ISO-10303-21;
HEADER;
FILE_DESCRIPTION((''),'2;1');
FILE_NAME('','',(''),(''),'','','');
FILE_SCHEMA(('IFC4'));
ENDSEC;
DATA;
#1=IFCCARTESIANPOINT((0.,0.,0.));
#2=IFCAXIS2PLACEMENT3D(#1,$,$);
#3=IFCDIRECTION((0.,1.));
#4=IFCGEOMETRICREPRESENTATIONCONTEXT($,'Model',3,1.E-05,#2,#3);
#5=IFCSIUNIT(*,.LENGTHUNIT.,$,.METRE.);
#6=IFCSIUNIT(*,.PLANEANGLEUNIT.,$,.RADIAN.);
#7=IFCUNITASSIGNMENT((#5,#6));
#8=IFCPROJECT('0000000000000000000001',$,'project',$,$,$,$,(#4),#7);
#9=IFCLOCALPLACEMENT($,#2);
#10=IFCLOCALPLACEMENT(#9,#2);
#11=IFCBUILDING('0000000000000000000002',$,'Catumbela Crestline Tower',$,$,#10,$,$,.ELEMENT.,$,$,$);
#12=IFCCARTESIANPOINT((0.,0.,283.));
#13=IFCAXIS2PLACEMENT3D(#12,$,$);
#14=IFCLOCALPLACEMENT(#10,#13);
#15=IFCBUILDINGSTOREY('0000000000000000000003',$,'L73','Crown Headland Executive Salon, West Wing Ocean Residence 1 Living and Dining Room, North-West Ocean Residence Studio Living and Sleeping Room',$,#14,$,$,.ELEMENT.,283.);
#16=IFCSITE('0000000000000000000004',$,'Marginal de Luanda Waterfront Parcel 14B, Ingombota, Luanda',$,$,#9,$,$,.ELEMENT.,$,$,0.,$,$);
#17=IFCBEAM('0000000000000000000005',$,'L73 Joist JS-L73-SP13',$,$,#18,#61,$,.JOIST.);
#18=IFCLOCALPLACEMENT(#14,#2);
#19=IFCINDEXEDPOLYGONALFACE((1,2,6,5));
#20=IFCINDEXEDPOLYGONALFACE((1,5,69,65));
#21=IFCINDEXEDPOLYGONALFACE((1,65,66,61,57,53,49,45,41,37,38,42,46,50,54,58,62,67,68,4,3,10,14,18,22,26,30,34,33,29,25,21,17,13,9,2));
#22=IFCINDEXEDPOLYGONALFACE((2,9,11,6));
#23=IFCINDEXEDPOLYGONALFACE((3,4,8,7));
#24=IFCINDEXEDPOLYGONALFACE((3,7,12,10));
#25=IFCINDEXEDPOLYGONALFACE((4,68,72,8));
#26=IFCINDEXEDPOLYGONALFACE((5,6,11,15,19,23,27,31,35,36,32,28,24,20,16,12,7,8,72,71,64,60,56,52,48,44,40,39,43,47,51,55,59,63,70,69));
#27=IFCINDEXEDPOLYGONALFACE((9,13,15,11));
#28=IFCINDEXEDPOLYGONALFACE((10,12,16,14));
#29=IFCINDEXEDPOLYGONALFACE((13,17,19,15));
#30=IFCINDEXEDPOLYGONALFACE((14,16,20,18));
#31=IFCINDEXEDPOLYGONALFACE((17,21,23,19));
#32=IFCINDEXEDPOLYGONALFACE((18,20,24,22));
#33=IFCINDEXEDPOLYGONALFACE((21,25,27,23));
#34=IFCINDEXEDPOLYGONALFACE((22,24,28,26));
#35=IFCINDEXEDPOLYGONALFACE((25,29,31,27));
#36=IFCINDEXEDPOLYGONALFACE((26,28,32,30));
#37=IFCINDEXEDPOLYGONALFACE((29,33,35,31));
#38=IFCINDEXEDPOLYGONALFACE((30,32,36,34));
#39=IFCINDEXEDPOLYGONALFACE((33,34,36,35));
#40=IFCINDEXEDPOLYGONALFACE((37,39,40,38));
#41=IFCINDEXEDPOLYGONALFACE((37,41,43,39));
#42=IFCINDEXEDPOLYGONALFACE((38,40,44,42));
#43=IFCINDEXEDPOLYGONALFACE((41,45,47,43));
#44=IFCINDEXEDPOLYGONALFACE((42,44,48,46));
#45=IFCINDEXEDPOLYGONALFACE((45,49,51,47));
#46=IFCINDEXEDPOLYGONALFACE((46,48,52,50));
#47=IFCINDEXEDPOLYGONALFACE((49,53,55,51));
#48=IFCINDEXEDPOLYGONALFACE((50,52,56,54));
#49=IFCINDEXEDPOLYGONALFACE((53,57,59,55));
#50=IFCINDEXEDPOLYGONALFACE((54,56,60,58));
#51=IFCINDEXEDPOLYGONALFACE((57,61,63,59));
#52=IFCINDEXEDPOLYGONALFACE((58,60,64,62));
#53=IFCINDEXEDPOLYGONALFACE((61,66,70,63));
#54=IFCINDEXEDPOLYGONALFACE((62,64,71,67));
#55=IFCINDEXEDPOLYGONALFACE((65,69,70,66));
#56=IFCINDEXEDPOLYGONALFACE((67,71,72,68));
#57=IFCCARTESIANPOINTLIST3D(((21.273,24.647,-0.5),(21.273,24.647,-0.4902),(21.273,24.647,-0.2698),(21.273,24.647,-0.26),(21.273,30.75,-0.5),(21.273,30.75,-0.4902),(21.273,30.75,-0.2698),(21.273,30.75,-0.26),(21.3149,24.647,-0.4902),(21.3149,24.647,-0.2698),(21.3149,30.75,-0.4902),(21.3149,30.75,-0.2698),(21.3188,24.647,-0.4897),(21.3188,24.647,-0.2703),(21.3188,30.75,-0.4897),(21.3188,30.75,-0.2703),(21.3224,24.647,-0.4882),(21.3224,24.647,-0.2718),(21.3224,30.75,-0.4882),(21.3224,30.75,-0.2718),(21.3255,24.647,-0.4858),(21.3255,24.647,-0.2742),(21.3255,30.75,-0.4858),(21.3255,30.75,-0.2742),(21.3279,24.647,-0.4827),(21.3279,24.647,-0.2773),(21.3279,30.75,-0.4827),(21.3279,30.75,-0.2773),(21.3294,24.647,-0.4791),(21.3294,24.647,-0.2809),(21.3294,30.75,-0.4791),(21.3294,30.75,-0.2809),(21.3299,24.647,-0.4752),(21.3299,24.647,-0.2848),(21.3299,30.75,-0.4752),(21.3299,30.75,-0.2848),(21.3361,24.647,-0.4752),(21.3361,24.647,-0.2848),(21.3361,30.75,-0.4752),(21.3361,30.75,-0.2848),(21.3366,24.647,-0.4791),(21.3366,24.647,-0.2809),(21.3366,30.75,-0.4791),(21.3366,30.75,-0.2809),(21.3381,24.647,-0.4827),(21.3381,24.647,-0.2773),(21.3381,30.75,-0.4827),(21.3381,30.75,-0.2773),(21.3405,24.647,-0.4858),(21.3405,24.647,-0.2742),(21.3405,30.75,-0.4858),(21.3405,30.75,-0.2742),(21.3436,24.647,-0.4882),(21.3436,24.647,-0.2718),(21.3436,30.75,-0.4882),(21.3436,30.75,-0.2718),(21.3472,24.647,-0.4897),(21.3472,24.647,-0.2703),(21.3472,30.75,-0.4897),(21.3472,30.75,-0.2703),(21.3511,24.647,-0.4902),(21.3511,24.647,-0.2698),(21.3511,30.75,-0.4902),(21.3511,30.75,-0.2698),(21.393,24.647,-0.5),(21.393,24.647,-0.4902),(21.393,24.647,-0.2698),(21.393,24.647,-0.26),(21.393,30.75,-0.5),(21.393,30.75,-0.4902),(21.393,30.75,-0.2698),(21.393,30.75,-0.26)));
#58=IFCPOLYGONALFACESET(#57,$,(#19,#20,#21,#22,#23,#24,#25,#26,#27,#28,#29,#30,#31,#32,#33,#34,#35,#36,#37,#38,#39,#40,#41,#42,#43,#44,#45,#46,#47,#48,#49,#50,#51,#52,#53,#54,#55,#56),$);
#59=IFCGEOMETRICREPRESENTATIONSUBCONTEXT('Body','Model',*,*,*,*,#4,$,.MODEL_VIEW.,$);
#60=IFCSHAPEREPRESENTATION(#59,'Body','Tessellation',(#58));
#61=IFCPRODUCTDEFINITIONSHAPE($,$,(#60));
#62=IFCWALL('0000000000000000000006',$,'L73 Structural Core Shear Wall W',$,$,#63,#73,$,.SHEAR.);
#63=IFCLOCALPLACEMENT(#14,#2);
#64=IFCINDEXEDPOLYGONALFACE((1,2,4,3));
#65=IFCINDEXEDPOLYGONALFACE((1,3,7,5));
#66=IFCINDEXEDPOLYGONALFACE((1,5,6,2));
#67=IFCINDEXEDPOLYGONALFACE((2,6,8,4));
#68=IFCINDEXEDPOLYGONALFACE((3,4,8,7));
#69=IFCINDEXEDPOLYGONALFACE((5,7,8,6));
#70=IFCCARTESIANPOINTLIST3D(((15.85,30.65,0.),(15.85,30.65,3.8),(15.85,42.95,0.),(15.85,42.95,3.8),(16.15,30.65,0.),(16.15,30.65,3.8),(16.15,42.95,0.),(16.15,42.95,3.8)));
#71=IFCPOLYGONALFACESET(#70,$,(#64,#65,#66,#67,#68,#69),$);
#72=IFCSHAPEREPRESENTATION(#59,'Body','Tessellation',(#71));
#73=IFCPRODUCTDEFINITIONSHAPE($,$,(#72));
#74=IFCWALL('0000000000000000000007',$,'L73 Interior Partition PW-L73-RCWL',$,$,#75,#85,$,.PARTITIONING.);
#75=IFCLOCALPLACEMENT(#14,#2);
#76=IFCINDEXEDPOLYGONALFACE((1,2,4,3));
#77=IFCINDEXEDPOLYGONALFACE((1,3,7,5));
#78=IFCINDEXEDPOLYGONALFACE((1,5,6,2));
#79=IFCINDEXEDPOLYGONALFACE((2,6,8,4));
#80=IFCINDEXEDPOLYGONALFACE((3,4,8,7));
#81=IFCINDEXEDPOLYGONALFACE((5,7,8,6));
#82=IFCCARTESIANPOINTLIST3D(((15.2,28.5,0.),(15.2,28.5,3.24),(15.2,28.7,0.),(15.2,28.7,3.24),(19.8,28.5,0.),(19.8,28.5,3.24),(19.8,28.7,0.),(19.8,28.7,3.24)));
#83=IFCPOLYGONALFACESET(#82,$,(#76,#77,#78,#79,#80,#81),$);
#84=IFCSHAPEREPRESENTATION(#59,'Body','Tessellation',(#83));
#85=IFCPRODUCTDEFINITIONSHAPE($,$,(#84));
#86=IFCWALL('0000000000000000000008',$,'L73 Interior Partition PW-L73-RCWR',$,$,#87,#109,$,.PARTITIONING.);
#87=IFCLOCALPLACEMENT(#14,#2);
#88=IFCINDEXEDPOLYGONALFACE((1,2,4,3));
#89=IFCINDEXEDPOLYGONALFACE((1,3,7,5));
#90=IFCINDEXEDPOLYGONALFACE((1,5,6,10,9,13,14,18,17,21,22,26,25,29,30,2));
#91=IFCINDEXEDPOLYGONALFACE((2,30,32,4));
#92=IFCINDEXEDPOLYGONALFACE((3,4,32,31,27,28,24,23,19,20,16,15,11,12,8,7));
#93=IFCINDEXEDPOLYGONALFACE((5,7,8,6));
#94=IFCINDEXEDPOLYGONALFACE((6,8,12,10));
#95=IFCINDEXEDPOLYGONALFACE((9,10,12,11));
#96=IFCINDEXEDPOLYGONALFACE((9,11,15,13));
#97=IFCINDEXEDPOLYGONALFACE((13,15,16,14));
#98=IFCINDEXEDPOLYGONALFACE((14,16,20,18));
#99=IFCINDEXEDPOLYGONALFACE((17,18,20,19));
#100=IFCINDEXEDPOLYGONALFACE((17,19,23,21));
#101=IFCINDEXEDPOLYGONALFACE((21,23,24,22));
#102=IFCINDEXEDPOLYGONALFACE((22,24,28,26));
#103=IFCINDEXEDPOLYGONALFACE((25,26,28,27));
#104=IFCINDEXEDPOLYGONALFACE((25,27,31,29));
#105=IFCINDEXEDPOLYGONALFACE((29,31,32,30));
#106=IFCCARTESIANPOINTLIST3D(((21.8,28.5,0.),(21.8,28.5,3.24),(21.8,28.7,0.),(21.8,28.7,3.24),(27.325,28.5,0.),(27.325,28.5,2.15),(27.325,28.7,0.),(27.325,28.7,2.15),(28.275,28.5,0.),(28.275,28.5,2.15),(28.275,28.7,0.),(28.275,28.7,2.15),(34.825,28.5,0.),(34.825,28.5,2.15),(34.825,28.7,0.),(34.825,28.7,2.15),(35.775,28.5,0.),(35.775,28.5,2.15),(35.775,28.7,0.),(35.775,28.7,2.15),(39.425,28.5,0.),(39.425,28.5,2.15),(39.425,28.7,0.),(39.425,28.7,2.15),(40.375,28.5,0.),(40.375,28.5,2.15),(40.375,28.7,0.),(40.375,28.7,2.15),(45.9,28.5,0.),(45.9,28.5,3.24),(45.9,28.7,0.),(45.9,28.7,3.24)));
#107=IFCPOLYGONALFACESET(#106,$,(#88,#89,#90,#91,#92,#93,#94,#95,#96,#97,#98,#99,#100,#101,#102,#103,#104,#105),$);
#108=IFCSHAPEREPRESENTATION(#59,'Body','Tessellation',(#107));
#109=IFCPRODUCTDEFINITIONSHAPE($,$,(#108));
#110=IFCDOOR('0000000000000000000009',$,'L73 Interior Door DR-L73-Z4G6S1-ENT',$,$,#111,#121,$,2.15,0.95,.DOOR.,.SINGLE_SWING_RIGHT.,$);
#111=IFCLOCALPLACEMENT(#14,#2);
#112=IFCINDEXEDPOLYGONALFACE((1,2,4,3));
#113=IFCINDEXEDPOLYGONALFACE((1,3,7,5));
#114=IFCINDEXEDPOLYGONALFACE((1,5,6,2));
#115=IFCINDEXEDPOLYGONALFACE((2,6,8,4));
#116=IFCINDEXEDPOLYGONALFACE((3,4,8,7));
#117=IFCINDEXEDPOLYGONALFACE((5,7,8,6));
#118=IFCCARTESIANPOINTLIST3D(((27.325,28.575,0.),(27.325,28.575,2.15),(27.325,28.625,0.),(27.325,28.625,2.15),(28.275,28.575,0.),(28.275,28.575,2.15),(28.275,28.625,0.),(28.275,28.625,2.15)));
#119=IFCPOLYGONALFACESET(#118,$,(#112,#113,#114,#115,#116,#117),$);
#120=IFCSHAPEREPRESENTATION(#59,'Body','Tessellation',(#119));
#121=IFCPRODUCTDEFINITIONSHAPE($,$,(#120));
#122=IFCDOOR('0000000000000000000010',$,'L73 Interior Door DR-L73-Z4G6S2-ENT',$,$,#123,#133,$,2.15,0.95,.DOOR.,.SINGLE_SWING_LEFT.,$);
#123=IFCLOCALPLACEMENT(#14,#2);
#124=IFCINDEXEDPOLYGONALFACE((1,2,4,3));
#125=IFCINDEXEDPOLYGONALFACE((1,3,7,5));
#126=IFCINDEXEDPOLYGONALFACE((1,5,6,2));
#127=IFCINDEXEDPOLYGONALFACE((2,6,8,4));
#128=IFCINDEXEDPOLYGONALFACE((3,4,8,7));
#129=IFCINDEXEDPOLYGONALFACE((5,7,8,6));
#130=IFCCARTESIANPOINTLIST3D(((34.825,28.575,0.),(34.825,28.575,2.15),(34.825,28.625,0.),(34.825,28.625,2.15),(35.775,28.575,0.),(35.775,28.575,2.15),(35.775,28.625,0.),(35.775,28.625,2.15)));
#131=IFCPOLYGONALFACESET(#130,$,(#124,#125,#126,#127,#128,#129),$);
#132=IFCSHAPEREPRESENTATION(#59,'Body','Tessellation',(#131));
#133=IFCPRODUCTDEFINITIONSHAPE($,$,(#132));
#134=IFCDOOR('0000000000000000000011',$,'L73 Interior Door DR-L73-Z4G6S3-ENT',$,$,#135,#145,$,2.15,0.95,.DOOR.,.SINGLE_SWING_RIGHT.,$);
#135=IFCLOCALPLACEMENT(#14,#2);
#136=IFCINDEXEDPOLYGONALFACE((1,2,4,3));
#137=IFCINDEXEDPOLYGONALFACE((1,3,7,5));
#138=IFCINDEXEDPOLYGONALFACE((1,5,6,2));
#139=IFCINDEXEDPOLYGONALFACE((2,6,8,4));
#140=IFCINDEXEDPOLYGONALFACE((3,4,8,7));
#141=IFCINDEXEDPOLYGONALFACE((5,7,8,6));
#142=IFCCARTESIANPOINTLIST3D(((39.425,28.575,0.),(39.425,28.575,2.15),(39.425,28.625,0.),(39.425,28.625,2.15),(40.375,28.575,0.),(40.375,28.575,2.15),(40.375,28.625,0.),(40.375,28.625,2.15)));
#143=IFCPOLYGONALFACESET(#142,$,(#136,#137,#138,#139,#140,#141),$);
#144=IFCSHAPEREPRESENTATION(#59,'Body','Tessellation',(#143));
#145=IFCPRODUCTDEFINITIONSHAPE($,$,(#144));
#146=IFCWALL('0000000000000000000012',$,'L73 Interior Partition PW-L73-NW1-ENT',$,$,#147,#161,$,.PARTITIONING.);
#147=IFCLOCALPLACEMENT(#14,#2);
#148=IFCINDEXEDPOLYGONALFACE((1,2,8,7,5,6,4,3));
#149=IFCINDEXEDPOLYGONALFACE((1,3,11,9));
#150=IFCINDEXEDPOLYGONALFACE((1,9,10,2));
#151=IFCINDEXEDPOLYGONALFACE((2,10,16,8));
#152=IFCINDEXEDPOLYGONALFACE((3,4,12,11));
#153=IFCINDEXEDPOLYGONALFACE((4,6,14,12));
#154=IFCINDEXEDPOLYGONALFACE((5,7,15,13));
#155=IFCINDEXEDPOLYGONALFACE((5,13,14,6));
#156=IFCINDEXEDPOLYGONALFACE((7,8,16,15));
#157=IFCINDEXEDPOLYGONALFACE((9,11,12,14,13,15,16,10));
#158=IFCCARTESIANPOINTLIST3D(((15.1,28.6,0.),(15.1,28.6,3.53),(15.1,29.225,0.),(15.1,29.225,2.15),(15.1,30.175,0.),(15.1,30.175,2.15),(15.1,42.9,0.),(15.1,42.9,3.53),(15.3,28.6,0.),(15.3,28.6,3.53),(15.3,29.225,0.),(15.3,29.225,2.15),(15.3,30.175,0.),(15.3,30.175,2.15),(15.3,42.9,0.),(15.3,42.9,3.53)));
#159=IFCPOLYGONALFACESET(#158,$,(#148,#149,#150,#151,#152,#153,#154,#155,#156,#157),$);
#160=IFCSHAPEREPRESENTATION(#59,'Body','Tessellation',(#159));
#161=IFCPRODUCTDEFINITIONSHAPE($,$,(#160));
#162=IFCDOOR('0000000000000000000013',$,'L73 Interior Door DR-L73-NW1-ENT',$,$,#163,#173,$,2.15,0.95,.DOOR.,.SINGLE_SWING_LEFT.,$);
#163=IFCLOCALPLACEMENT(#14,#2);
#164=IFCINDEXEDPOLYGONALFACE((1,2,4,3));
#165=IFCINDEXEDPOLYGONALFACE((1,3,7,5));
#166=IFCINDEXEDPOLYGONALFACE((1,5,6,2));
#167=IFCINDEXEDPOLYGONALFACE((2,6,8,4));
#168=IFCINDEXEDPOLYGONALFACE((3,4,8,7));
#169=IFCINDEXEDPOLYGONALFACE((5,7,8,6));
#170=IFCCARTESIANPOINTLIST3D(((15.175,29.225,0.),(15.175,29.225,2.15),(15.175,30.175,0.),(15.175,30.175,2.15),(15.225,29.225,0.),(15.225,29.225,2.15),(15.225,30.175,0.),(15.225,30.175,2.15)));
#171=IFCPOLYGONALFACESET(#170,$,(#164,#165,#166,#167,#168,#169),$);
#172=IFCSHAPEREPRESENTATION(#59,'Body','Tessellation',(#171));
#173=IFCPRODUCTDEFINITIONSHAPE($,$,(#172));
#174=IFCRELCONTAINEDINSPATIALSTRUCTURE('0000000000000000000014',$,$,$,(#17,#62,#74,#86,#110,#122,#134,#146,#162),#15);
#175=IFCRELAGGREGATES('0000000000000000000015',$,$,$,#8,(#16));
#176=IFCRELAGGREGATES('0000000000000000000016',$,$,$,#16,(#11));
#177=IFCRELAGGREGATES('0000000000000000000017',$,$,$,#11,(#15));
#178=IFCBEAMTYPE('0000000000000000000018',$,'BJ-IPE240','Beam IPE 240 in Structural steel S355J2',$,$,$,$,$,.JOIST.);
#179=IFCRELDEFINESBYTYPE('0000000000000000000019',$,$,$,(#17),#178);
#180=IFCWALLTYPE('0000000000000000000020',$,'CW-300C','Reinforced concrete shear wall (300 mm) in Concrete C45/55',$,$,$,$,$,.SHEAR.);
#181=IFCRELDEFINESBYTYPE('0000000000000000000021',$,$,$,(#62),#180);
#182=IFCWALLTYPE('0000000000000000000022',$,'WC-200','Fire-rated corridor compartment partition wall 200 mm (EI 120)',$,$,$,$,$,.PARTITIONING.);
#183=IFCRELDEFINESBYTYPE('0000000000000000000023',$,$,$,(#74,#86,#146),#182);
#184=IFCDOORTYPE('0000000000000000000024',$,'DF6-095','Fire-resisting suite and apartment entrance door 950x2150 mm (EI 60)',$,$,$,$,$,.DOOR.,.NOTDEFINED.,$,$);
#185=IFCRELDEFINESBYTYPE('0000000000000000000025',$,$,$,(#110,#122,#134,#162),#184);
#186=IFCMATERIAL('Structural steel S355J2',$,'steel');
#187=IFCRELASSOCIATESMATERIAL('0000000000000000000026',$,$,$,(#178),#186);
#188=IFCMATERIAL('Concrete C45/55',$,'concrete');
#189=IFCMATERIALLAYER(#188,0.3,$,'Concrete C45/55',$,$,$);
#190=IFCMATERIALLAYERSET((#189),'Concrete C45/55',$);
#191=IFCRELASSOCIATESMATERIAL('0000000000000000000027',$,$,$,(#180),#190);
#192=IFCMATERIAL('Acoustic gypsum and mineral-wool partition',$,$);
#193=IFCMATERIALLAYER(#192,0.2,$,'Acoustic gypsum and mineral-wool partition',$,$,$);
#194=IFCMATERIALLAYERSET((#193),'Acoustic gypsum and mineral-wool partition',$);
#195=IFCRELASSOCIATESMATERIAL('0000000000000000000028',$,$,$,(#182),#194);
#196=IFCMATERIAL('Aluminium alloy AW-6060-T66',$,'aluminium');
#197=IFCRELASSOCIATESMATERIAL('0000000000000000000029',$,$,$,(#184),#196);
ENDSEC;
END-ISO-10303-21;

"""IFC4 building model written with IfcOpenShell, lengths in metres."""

from ifc_helpers import new_model, si_unit, direction, frame, frame_2d, origin, origin_2d, place, context, subcontext, project, spatial, rectangle, i_section, extrude, material, layer, layer_set, material_profile, profile_set, type_object, element, fill, save


model = new_model("IFC4")

# Units and contexts
model_context = context("Model", 3, precision=1e-05, world=origin(), true_north=direction((0.0, 1.0)))
body_context = subcontext(model_context, "Body", "Model", "MODEL_VIEW")
ifc_project = project(units=[si_unit("LENGTHUNIT", "METRE"), si_unit("PLANEANGLEUNIT", "RADIAN")], contexts=[model_context])

# Site, building, storey
site_placement = place(None, origin())
site = spatial("IfcSite", under=ifc_project, at=site_placement, Name="Marginal de Luanda Waterfront Parcel 14B, Ingombota, Luanda", CompositionType="ELEMENT", RefElevation=0.0)
building_placement = place(site_placement, origin())
building = spatial("IfcBuilding", under=site, at=building_placement, Name="Catumbela Crestline Tower", CompositionType="ELEMENT")
storey_placement = place(building_placement, frame((0.0, 0.0, 283.0)))
storey = spatial("IfcBuildingStorey", under=building, at=storey_placement, Name="L73", Description="Crown Headland Executive Salon, West Wing Ocean Residence 1 Living and Dining Room, North-West Ocean Residence Studio Living and Sleeping Room", CompositionType="ELEMENT", Elevation=283.0)

# Shared definitions
ifc_material_1 = material(Name="Concrete C45/55", Category="concrete")

# Beam
ifc_material_2 = material(Name="Structural steel S355J2", Category="steel")
ifc_material_profile_1 = material_profile(ifc_material_2, i_section(OverallWidth=0.12, OverallDepth=0.24, WebThickness=0.0062, FlangeThickness=0.0098, FilletRadius=0.015, at=origin_2d()), Name="IPE 240")
ifc_profile_set_1 = profile_set([ifc_material_profile_1], Name="Structural steel S355J2")
beam_type_1 = type_object("IfcBeamType", Name="BJ-IPE240", Description="Beam IPE 240 in Structural steel S355J2", PredefinedType="JOIST", material=ifc_profile_set_1)
for number, where, z_axis, x_axis, name in (
    (1, (21.333, 24.647, -0.38), (0.0, 1.0, 0.0), (-1.0, 0.0, 0.0), "L73 Joist JS-L73-SP13"),
):
    element("IfcBeam", number, at=place(storey_placement, frame(where, z_axis=z_axis, x_axis=x_axis)), inside=storey, type_object=beam_type_1, Name=name, PredefinedType="JOIST", context=body_context, shape_type="SweptSolid", body=[
        extrude(i_section(OverallWidth=0.12, OverallDepth=0.24, WebThickness=0.0062, FlangeThickness=0.0098, FilletRadius=0.015, at=origin_2d()), origin(), (0.0, 0.0, 1.0), 6.103),
    ])

# Walls
ifc_layer_1 = layer(ifc_material_1, 0.3, Name="Concrete C45/55")
ifc_layer_set_1 = layer_set([ifc_layer_1], Name="Concrete C45/55")
wall_type_1 = type_object("IfcWallType", Name="CW-300C", Description="Reinforced concrete shear wall (300 mm) in Concrete C45/55", PredefinedType="SHEAR", material=ifc_layer_set_1)
wall_1_placement = place(storey_placement, frame((16.0, 30.65, 0.0), z_axis=(0.0, 0.0, 1.0), x_axis=(0.0, 1.0, 0.0)))
element("IfcWall", 2, at=wall_1_placement, inside=storey, type_object=wall_type_1, Name="L73 Structural Core Shear Wall W", PredefinedType="SHEAR", context=body_context, shape_type="SweptSolid", body=[
    extrude(rectangle(XDim=12.3, YDim=0.3, at=frame_2d((6.15, 0.0))), origin(), (0.0, 0.0, 1.0), 3.8),
])
ifc_material_3 = material(Name="Acoustic gypsum and mineral-wool partition")
ifc_layer_2 = layer(ifc_material_3, 0.2, Name="Acoustic gypsum and mineral-wool partition")
ifc_layer_set_2 = layer_set([ifc_layer_2], Name="Acoustic gypsum and mineral-wool partition")
wall_type_2 = type_object("IfcWallType", Name="WC-200", Description="Fire-rated corridor compartment partition wall 200 mm (EI 120)", PredefinedType="PARTITIONING", material=ifc_layer_set_2)
wall_2_placement = place(storey_placement, frame((15.2, 28.6, 0.0), z_axis=(0.0, 0.0, 1.0), x_axis=(1.0, 0.0, 0.0)))
element("IfcWall", 3, at=wall_2_placement, inside=storey, type_object=wall_type_2, Name="L73 Interior Partition PW-L73-RCWL", PredefinedType="PARTITIONING", context=body_context, shape_type="SweptSolid", body=[
    extrude(rectangle(XDim=4.6, YDim=0.2, at=frame_2d((2.3, 0.0))), origin(), (0.0, 0.0, 1.0), 3.24),
])

# Wall, openings, doors
wall_3_placement = place(storey_placement, frame((21.8, 28.6, 0.0), z_axis=(0.0, 0.0, 1.0), x_axis=(1.0, 0.0, 0.0)))
wall_3 = element("IfcWall", 4, at=wall_3_placement, inside=storey, type_object=wall_type_2, Name="L73 Interior Partition PW-L73-RCWR", PredefinedType="PARTITIONING", context=body_context, shape_type="SweptSolid", body=[
    extrude(rectangle(XDim=24.1, YDim=0.2, at=frame_2d((12.05, 0.0))), origin(), (0.0, 0.0, 1.0), 3.24),
])
opening_1_placement = place(wall_3_placement, frame((5.525, 0.0, 0.0)))
opening_1 = element("IfcOpeningElement", 5, at=opening_1_placement, cuts=wall_3, PredefinedType="OPENING", context=body_context, shape_type="SweptSolid", body=[
    extrude(rectangle(XDim=0.95, YDim=2.15, at=frame_2d((0.475, 1.075))), frame((0.0, 0.11, 0.0), z_axis=(0.0, -1.0, 0.0), x_axis=(1.0, 0.0, 0.0)), (0.0, 0.0, 1.0), 0.22),
])
opening_2_placement = place(wall_3_placement, frame((13.025, 0.0, 0.0)))
opening_2 = element("IfcOpeningElement", 6, at=opening_2_placement, cuts=wall_3, PredefinedType="OPENING", context=body_context, shape_type="SweptSolid", body=[
    extrude(rectangle(XDim=0.95, YDim=2.15, at=frame_2d((0.475, 1.075))), frame((0.0, 0.11, 0.0), z_axis=(0.0, -1.0, 0.0), x_axis=(1.0, 0.0, 0.0)), (0.0, 0.0, 1.0), 0.22),
])
opening_3_placement = place(wall_3_placement, frame((17.625, 0.0, 0.0)))
opening_3 = element("IfcOpeningElement", 7, at=opening_3_placement, cuts=wall_3, PredefinedType="OPENING", context=body_context, shape_type="SweptSolid", body=[
    extrude(rectangle(XDim=0.95, YDim=2.15, at=frame_2d((0.475, 1.075))), frame((0.0, 0.11, 0.0), z_axis=(0.0, -1.0, 0.0), x_axis=(1.0, 0.0, 0.0)), (0.0, 0.0, 1.0), 0.22),
])
ifc_material_4 = material(Name="Aluminium alloy AW-6060-T66", Category="aluminium")
door_type_1 = type_object("IfcDoorType", Name="DF6-095", Description="Fire-resisting suite and apartment entrance door 950x2150 mm (EI 60)", OperationType="NOTDEFINED", PredefinedType="DOOR", material=ifc_material_4)
door_1_placement = place(opening_1_placement, origin())
door_1 = element("IfcDoor", 8, at=door_1_placement, inside=storey, type_object=door_type_1, Name="L73 Interior Door DR-L73-Z4G6S1-ENT", OperationType="SINGLE_SWING_RIGHT", OverallHeight=2.15, OverallWidth=0.95, PredefinedType="DOOR", context=body_context, shape_type="SweptSolid", body=[
    extrude(rectangle(XDim=0.95, YDim=2.15, at=frame_2d((0.475, 1.075))), frame((0.0, 0.025, 0.0), z_axis=(0.0, -1.0, 0.0), x_axis=(1.0, 0.0, 0.0)), (0.0, 0.0, 1.0), 0.05),
])
fill(opening_1, door_1)
door_2_placement = place(opening_2_placement, origin())
door_2 = element("IfcDoor", 9, at=door_2_placement, inside=storey, type_object=door_type_1, Name="L73 Interior Door DR-L73-Z4G6S2-ENT", OperationType="SINGLE_SWING_LEFT", OverallHeight=2.15, OverallWidth=0.95, PredefinedType="DOOR", context=body_context, shape_type="SweptSolid", body=[
    extrude(rectangle(XDim=0.95, YDim=2.15, at=frame_2d((0.475, 1.075))), frame((0.0, 0.025, 0.0), z_axis=(0.0, -1.0, 0.0), x_axis=(1.0, 0.0, 0.0)), (0.0, 0.0, 1.0), 0.05),
])
fill(opening_2, door_2)
door_3_placement = place(opening_3_placement, origin())
door_3 = element("IfcDoor", 10, at=door_3_placement, inside=storey, type_object=door_type_1, Name="L73 Interior Door DR-L73-Z4G6S3-ENT", OperationType="SINGLE_SWING_RIGHT", OverallHeight=2.15, OverallWidth=0.95, PredefinedType="DOOR", context=body_context, shape_type="SweptSolid", body=[
    extrude(rectangle(XDim=0.95, YDim=2.15, at=frame_2d((0.475, 1.075))), frame((0.0, 0.025, 0.0), z_axis=(0.0, -1.0, 0.0), x_axis=(1.0, 0.0, 0.0)), (0.0, 0.0, 1.0), 0.05),
])
fill(opening_3, door_3)

# Wall, opening, door
wall_4_placement = place(storey_placement, frame((15.2, 28.6, 0.0), z_axis=(0.0, 0.0, 1.0), x_axis=(0.0, 1.0, 0.0)))
wall_4 = element("IfcWall", 11, at=wall_4_placement, inside=storey, type_object=wall_type_2, Name="L73 Interior Partition PW-L73-NW1-ENT", PredefinedType="PARTITIONING", context=body_context, shape_type="SweptSolid", body=[
    extrude(rectangle(XDim=14.3, YDim=0.2, at=frame_2d((7.15, 0.0))), origin(), (0.0, 0.0, 1.0), 3.53),
])
opening_4_placement = place(wall_4_placement, frame((0.625, 0.0, 0.0)))
opening_4 = element("IfcOpeningElement", 12, at=opening_4_placement, cuts=wall_4, PredefinedType="OPENING", context=body_context, shape_type="SweptSolid", body=[
    extrude(rectangle(XDim=0.95, YDim=2.15, at=frame_2d((0.475, 1.075))), frame((0.0, 0.11, 0.0), z_axis=(0.0, -1.0, 0.0), x_axis=(1.0, 0.0, 0.0)), (0.0, 0.0, 1.0), 0.22),
])
door_4_placement = place(opening_4_placement, origin())
door_4 = element("IfcDoor", 13, at=door_4_placement, inside=storey, type_object=door_type_1, Name="L73 Interior Door DR-L73-NW1-ENT", OperationType="SINGLE_SWING_LEFT", OverallHeight=2.15, OverallWidth=0.95, PredefinedType="DOOR", context=body_context, shape_type="SweptSolid", body=[
    extrude(rectangle(XDim=0.95, YDim=2.15, at=frame_2d((0.475, 1.075))), frame((0.0, 0.025, 0.0), z_axis=(0.0, -1.0, 0.0), x_axis=(1.0, 0.0, 0.0)), (0.0, 0.0, 1.0), 0.05),
])
fill(opening_4, door_4)

save(model, "model.ifc")
